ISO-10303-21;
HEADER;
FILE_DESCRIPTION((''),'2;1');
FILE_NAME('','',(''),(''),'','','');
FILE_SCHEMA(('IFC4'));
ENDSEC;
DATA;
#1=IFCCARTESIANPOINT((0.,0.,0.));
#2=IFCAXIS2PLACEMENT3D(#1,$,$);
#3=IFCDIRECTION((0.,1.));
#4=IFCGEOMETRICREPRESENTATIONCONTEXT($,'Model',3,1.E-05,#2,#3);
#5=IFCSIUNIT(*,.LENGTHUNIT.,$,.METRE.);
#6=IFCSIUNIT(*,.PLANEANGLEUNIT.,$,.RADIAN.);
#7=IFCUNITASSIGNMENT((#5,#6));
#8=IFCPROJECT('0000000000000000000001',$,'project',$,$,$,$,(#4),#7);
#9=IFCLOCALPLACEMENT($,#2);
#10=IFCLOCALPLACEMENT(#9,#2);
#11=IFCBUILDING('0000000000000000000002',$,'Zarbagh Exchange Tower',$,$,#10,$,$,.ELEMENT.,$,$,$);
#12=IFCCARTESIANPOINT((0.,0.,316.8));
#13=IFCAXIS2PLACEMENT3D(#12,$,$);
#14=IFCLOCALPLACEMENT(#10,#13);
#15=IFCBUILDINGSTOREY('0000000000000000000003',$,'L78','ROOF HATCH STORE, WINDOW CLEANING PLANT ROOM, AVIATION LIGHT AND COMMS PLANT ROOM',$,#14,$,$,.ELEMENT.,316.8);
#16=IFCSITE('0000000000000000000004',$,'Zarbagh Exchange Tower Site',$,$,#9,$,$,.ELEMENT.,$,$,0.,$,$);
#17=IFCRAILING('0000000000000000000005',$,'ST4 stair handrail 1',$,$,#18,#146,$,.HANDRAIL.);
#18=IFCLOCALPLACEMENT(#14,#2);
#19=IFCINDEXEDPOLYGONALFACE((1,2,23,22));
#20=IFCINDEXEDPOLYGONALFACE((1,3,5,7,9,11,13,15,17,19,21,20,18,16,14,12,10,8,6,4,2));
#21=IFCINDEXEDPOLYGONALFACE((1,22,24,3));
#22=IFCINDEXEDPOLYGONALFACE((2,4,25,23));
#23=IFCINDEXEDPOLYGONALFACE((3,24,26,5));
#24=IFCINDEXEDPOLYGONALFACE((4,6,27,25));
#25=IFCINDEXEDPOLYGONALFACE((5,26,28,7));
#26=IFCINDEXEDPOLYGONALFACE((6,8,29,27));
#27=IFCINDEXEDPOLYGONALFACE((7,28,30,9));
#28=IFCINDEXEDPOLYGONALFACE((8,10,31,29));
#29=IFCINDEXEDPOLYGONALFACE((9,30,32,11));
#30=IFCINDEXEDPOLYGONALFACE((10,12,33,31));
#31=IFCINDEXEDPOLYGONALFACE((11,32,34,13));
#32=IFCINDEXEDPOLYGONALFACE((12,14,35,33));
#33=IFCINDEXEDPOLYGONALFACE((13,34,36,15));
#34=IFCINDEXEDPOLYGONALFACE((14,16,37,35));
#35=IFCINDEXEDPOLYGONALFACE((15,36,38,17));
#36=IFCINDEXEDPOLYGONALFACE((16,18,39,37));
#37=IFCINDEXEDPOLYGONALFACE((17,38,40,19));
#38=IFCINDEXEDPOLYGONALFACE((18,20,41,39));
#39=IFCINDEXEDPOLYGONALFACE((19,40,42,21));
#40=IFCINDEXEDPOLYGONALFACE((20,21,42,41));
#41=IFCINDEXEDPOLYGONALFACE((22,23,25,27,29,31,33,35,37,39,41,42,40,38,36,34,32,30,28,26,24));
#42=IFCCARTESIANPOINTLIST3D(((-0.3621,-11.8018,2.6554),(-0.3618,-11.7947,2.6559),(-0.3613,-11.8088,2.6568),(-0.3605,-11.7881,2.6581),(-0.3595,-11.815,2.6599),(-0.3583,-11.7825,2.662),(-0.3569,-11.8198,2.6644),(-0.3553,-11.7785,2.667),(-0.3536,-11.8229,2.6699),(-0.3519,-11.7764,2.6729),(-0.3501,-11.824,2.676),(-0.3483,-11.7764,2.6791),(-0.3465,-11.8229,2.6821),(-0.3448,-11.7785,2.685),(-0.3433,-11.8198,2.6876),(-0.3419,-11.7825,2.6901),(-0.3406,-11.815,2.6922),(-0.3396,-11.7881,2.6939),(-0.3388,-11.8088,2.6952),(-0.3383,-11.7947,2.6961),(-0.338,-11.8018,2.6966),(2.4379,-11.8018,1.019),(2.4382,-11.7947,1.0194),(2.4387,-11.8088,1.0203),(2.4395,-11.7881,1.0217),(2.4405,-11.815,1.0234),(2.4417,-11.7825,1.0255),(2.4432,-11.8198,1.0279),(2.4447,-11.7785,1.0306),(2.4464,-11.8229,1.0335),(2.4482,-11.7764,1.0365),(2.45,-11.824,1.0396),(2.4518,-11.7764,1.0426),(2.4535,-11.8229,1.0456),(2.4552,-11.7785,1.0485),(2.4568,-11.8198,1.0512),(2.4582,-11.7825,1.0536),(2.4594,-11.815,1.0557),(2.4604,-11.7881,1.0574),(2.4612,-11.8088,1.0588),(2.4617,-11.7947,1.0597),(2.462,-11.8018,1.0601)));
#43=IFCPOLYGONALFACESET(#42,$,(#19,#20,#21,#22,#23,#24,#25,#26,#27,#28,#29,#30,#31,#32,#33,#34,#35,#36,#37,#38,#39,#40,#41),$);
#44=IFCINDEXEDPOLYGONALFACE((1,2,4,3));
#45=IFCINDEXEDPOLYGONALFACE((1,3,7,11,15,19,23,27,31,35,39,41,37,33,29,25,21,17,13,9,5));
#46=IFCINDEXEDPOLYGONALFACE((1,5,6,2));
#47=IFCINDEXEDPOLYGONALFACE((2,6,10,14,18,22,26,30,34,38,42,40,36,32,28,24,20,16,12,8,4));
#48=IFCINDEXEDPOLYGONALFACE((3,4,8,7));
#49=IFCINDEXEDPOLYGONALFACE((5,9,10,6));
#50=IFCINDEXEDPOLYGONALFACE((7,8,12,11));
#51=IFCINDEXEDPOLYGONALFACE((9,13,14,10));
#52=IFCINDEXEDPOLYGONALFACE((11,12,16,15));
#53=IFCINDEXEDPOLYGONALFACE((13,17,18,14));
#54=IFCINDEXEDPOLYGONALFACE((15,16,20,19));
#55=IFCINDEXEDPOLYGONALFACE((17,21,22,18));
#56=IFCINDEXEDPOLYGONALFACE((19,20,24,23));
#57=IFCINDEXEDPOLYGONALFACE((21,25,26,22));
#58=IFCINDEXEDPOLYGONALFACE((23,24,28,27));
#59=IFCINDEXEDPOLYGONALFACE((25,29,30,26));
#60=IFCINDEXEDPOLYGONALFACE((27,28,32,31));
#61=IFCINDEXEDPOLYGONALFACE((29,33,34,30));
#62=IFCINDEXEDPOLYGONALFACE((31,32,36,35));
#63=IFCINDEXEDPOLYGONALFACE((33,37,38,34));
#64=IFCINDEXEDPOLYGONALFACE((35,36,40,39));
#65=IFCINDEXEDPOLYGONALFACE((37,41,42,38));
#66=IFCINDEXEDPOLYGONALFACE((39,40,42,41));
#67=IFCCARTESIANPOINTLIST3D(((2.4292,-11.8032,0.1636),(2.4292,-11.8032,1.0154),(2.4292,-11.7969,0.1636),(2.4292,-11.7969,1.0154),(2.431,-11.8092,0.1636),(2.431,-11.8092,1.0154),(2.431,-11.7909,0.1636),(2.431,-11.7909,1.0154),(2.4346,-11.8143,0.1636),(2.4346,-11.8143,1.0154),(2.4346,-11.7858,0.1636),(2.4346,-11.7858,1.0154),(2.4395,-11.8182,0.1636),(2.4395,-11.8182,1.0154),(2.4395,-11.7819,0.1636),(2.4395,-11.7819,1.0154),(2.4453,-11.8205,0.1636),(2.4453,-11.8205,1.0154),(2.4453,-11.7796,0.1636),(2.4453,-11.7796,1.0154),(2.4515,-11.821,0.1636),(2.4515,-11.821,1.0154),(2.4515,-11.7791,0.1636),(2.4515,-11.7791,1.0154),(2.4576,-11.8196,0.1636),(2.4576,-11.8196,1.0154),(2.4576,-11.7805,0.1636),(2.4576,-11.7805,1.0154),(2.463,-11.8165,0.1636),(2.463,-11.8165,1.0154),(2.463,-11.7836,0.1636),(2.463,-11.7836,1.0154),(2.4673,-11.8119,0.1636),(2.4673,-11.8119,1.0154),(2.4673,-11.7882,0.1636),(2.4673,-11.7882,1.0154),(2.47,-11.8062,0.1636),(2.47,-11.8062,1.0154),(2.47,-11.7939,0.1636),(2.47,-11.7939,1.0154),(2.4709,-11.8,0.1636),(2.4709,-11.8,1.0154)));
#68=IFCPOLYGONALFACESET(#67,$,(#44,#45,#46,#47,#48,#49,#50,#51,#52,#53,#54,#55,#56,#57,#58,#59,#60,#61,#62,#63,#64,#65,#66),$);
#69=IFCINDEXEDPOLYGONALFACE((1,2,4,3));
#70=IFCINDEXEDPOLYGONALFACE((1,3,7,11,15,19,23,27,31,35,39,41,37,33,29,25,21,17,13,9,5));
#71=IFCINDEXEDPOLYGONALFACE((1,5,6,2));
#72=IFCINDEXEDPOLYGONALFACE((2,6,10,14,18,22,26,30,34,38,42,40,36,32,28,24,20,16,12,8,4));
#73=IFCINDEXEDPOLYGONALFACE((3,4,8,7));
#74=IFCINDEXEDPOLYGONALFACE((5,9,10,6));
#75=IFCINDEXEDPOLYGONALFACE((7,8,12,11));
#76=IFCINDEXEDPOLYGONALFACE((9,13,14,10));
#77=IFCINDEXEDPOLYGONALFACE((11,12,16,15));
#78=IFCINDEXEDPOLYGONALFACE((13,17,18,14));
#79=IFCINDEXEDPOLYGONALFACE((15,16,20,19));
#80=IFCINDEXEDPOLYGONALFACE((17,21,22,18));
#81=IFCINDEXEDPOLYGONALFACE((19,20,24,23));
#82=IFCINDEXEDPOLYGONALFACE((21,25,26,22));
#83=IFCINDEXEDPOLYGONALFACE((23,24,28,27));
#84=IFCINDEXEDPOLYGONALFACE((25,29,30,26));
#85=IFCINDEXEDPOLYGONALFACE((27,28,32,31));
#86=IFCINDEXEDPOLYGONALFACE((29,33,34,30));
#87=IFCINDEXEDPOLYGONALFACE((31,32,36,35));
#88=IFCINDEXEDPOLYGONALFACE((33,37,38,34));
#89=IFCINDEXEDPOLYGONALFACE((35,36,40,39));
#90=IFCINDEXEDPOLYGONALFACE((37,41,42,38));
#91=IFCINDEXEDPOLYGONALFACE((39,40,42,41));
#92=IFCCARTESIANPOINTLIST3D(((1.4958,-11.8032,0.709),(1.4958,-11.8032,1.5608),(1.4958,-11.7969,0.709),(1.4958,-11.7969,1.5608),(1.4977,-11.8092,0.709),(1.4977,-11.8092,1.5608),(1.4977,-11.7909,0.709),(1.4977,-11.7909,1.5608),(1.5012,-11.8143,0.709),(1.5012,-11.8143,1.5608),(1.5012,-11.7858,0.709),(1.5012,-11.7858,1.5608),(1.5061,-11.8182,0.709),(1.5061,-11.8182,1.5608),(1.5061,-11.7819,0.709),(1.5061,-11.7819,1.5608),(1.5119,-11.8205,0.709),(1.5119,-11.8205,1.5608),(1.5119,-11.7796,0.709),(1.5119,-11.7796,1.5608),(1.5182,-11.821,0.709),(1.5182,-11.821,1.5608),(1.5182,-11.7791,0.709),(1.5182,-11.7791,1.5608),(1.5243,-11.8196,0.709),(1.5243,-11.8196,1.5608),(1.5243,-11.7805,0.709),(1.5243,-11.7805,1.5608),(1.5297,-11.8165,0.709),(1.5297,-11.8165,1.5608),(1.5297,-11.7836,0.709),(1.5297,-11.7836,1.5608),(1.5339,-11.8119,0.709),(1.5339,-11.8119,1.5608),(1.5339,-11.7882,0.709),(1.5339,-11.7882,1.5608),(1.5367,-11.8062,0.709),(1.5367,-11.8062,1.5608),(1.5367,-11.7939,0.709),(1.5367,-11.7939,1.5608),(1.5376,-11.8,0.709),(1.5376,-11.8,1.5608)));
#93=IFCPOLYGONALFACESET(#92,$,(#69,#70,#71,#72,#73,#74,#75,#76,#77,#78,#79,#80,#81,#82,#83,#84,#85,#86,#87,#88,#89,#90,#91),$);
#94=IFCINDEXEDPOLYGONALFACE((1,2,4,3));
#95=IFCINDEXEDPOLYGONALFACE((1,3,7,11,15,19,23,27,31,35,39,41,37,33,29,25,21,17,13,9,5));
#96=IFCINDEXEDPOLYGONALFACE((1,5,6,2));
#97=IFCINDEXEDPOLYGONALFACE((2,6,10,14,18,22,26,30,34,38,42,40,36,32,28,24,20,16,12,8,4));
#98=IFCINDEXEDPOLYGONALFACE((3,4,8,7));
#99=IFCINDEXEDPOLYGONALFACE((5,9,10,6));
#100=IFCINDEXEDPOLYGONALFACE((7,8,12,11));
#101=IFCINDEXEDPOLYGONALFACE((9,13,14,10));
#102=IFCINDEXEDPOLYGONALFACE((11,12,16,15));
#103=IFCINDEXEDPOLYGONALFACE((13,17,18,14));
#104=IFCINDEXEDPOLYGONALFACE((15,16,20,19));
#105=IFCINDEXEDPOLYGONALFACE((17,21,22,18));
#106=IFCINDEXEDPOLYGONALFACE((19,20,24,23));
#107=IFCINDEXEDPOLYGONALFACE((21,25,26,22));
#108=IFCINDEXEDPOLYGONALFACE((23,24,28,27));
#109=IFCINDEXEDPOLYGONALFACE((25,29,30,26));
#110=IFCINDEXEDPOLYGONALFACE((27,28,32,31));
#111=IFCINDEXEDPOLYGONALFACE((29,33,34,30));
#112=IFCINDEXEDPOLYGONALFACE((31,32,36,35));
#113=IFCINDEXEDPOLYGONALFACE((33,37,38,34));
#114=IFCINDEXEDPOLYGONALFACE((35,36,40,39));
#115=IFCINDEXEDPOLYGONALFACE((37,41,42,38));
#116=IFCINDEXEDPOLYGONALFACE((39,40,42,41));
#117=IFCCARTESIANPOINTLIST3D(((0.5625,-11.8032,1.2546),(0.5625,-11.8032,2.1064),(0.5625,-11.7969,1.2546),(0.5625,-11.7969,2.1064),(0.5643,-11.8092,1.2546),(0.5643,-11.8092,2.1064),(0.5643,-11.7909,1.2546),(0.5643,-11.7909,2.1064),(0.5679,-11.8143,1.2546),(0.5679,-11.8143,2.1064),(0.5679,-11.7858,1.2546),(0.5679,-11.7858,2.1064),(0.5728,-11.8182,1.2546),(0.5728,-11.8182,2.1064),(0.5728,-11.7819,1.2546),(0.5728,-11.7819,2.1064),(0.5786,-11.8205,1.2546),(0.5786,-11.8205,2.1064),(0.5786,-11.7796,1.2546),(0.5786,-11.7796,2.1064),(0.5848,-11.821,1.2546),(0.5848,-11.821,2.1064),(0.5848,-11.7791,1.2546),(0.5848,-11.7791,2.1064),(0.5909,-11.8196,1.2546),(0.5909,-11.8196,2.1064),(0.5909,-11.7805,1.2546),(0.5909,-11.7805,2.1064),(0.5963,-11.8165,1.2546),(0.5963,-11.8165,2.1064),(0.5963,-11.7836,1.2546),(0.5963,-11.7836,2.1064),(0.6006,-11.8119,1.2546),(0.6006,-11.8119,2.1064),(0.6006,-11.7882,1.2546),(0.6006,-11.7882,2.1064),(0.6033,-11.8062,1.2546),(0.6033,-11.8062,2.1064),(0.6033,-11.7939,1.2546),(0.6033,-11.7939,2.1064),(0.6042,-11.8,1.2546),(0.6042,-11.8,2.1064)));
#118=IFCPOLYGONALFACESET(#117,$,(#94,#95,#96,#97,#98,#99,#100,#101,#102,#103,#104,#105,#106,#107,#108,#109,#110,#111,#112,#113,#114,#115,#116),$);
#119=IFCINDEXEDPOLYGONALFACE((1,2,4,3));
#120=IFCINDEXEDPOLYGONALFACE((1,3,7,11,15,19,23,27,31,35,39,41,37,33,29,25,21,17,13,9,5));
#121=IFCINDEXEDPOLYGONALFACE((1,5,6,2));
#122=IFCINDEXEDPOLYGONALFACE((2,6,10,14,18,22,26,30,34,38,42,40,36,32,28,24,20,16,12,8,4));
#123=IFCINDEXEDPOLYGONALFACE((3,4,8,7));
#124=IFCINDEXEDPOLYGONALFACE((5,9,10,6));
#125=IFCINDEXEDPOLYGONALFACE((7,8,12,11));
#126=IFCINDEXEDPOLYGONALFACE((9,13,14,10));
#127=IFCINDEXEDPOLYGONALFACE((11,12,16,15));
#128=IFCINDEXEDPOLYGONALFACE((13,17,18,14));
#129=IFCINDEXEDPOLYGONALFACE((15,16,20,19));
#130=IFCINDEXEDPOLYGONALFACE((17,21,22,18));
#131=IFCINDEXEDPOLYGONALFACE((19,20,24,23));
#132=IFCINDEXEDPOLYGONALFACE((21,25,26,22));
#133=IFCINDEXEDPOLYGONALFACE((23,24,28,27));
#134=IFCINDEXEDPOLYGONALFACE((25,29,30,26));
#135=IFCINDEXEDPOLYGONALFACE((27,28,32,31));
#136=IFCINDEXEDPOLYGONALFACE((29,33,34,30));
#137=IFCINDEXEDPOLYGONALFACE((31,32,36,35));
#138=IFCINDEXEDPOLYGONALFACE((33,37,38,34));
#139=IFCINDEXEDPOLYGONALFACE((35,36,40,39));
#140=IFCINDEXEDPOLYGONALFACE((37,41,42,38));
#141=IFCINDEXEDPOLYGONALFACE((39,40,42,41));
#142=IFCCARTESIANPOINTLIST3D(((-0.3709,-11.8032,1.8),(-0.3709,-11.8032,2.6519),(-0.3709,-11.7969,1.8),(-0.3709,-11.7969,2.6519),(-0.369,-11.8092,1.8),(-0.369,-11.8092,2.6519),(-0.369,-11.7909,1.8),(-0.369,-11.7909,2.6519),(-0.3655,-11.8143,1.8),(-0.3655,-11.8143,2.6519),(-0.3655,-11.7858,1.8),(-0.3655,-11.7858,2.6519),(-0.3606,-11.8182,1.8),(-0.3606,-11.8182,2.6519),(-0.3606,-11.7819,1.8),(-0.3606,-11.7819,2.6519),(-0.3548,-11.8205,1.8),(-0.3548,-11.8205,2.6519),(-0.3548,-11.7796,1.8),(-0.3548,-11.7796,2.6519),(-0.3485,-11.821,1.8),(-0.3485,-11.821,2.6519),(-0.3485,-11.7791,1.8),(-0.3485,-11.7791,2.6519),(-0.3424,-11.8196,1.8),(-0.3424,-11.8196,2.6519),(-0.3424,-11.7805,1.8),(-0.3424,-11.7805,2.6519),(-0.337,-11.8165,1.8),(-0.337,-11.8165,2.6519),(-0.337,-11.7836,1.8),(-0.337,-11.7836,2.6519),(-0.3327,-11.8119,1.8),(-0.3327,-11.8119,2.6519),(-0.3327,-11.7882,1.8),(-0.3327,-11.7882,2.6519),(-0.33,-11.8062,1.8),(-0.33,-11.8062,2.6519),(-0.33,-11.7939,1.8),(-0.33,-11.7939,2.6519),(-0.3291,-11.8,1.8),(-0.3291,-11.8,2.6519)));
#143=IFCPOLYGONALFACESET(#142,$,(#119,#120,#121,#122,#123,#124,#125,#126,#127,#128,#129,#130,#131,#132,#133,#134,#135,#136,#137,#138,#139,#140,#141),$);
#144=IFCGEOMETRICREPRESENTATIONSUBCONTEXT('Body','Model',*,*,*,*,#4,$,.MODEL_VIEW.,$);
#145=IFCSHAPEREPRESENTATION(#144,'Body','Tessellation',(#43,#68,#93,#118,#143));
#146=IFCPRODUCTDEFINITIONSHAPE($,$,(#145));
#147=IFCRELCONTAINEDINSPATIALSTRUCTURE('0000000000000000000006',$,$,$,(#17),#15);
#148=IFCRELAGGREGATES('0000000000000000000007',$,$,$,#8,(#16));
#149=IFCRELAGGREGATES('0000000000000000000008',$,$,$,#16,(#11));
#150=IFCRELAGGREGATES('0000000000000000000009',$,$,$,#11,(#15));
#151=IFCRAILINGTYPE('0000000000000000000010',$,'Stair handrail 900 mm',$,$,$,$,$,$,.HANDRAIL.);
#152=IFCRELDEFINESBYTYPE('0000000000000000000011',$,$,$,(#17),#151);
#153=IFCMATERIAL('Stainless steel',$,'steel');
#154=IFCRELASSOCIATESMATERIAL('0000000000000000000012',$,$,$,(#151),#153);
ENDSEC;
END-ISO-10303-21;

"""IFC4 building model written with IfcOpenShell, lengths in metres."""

from ifc_helpers import new_model, si_unit, direction, frame, origin, origin_2d, place, context, subcontext, project, spatial, circle, extrude, material, type_object, element, save


model = new_model("IFC4")

# Units and contexts
model_context = context("Model", 3, precision=1e-05, world=origin(), true_north=direction((0.0, 1.0)))
body_context = subcontext(model_context, "Body", "Model", "MODEL_VIEW")
ifc_project = project(units=[si_unit("LENGTHUNIT", "METRE"), si_unit("PLANEANGLEUNIT", "RADIAN")], contexts=[model_context])

# Site, building, storey
site_placement = place(None, origin())
site = spatial("IfcSite", under=ifc_project, at=site_placement, Name="Zarbagh Exchange Tower Site", CompositionType="ELEMENT", RefElevation=0.0)
building_placement = place(site_placement, origin())
building = spatial("IfcBuilding", under=site, at=building_placement, Name="Zarbagh Exchange Tower", CompositionType="ELEMENT")
storey_placement = place(building_placement, frame((0.0, 0.0, 316.8)))
storey = spatial("IfcBuildingStorey", under=building, at=storey_placement, Name="L78", Description="ROOF HATCH STORE, WINDOW CLEANING PLANT ROOM, AVIATION LIGHT AND COMMS PLANT ROOM", CompositionType="ELEMENT", Elevation=316.8)

# Railing
ifc_material_1 = material(Name="Stainless steel", Category="steel")
railing_type = type_object("IfcRailingType", Name="Stair handrail 900 mm", PredefinedType="HANDRAIL", material=ifc_material_1)
railing_placement = place(storey_placement, frame((2.45, -11.8, 0.1636)))
element("IfcRailing", 1, at=railing_placement, inside=storey, type_object=railing_type, Name="ST4 stair handrail 1", PredefinedType="HANDRAIL", context=body_context, shape_type="SweptSolid", body=[
    extrude(circle(Radius=0.0239, at=origin_2d()), frame((0.0, 0.0, 0.876), z_axis=(-0.863361, 0.0, 0.504587), x_axis=(0.0, -1.0, 0.0)), (0.0, 0.0, 1.0), 3.2432),
    extrude(circle(Radius=0.021, at=origin_2d()), origin(), (0.0, 0.0, 1.0), 0.8518),
    extrude(circle(Radius=0.021, at=origin_2d()), frame((-0.9333, 0.0, 0.5454)), (0.0, 0.0, 1.0), 0.8518),
    extrude(circle(Radius=0.021, at=origin_2d()), frame((-1.8667, 0.0, 1.0911)), (0.0, 0.0, 1.0), 0.8518),
    extrude(circle(Radius=0.021, at=origin_2d()), frame((-2.8, 0.0, 1.6365)), (0.0, 0.0, 1.0), 0.8518),
])

save(model, "model.ifc")
